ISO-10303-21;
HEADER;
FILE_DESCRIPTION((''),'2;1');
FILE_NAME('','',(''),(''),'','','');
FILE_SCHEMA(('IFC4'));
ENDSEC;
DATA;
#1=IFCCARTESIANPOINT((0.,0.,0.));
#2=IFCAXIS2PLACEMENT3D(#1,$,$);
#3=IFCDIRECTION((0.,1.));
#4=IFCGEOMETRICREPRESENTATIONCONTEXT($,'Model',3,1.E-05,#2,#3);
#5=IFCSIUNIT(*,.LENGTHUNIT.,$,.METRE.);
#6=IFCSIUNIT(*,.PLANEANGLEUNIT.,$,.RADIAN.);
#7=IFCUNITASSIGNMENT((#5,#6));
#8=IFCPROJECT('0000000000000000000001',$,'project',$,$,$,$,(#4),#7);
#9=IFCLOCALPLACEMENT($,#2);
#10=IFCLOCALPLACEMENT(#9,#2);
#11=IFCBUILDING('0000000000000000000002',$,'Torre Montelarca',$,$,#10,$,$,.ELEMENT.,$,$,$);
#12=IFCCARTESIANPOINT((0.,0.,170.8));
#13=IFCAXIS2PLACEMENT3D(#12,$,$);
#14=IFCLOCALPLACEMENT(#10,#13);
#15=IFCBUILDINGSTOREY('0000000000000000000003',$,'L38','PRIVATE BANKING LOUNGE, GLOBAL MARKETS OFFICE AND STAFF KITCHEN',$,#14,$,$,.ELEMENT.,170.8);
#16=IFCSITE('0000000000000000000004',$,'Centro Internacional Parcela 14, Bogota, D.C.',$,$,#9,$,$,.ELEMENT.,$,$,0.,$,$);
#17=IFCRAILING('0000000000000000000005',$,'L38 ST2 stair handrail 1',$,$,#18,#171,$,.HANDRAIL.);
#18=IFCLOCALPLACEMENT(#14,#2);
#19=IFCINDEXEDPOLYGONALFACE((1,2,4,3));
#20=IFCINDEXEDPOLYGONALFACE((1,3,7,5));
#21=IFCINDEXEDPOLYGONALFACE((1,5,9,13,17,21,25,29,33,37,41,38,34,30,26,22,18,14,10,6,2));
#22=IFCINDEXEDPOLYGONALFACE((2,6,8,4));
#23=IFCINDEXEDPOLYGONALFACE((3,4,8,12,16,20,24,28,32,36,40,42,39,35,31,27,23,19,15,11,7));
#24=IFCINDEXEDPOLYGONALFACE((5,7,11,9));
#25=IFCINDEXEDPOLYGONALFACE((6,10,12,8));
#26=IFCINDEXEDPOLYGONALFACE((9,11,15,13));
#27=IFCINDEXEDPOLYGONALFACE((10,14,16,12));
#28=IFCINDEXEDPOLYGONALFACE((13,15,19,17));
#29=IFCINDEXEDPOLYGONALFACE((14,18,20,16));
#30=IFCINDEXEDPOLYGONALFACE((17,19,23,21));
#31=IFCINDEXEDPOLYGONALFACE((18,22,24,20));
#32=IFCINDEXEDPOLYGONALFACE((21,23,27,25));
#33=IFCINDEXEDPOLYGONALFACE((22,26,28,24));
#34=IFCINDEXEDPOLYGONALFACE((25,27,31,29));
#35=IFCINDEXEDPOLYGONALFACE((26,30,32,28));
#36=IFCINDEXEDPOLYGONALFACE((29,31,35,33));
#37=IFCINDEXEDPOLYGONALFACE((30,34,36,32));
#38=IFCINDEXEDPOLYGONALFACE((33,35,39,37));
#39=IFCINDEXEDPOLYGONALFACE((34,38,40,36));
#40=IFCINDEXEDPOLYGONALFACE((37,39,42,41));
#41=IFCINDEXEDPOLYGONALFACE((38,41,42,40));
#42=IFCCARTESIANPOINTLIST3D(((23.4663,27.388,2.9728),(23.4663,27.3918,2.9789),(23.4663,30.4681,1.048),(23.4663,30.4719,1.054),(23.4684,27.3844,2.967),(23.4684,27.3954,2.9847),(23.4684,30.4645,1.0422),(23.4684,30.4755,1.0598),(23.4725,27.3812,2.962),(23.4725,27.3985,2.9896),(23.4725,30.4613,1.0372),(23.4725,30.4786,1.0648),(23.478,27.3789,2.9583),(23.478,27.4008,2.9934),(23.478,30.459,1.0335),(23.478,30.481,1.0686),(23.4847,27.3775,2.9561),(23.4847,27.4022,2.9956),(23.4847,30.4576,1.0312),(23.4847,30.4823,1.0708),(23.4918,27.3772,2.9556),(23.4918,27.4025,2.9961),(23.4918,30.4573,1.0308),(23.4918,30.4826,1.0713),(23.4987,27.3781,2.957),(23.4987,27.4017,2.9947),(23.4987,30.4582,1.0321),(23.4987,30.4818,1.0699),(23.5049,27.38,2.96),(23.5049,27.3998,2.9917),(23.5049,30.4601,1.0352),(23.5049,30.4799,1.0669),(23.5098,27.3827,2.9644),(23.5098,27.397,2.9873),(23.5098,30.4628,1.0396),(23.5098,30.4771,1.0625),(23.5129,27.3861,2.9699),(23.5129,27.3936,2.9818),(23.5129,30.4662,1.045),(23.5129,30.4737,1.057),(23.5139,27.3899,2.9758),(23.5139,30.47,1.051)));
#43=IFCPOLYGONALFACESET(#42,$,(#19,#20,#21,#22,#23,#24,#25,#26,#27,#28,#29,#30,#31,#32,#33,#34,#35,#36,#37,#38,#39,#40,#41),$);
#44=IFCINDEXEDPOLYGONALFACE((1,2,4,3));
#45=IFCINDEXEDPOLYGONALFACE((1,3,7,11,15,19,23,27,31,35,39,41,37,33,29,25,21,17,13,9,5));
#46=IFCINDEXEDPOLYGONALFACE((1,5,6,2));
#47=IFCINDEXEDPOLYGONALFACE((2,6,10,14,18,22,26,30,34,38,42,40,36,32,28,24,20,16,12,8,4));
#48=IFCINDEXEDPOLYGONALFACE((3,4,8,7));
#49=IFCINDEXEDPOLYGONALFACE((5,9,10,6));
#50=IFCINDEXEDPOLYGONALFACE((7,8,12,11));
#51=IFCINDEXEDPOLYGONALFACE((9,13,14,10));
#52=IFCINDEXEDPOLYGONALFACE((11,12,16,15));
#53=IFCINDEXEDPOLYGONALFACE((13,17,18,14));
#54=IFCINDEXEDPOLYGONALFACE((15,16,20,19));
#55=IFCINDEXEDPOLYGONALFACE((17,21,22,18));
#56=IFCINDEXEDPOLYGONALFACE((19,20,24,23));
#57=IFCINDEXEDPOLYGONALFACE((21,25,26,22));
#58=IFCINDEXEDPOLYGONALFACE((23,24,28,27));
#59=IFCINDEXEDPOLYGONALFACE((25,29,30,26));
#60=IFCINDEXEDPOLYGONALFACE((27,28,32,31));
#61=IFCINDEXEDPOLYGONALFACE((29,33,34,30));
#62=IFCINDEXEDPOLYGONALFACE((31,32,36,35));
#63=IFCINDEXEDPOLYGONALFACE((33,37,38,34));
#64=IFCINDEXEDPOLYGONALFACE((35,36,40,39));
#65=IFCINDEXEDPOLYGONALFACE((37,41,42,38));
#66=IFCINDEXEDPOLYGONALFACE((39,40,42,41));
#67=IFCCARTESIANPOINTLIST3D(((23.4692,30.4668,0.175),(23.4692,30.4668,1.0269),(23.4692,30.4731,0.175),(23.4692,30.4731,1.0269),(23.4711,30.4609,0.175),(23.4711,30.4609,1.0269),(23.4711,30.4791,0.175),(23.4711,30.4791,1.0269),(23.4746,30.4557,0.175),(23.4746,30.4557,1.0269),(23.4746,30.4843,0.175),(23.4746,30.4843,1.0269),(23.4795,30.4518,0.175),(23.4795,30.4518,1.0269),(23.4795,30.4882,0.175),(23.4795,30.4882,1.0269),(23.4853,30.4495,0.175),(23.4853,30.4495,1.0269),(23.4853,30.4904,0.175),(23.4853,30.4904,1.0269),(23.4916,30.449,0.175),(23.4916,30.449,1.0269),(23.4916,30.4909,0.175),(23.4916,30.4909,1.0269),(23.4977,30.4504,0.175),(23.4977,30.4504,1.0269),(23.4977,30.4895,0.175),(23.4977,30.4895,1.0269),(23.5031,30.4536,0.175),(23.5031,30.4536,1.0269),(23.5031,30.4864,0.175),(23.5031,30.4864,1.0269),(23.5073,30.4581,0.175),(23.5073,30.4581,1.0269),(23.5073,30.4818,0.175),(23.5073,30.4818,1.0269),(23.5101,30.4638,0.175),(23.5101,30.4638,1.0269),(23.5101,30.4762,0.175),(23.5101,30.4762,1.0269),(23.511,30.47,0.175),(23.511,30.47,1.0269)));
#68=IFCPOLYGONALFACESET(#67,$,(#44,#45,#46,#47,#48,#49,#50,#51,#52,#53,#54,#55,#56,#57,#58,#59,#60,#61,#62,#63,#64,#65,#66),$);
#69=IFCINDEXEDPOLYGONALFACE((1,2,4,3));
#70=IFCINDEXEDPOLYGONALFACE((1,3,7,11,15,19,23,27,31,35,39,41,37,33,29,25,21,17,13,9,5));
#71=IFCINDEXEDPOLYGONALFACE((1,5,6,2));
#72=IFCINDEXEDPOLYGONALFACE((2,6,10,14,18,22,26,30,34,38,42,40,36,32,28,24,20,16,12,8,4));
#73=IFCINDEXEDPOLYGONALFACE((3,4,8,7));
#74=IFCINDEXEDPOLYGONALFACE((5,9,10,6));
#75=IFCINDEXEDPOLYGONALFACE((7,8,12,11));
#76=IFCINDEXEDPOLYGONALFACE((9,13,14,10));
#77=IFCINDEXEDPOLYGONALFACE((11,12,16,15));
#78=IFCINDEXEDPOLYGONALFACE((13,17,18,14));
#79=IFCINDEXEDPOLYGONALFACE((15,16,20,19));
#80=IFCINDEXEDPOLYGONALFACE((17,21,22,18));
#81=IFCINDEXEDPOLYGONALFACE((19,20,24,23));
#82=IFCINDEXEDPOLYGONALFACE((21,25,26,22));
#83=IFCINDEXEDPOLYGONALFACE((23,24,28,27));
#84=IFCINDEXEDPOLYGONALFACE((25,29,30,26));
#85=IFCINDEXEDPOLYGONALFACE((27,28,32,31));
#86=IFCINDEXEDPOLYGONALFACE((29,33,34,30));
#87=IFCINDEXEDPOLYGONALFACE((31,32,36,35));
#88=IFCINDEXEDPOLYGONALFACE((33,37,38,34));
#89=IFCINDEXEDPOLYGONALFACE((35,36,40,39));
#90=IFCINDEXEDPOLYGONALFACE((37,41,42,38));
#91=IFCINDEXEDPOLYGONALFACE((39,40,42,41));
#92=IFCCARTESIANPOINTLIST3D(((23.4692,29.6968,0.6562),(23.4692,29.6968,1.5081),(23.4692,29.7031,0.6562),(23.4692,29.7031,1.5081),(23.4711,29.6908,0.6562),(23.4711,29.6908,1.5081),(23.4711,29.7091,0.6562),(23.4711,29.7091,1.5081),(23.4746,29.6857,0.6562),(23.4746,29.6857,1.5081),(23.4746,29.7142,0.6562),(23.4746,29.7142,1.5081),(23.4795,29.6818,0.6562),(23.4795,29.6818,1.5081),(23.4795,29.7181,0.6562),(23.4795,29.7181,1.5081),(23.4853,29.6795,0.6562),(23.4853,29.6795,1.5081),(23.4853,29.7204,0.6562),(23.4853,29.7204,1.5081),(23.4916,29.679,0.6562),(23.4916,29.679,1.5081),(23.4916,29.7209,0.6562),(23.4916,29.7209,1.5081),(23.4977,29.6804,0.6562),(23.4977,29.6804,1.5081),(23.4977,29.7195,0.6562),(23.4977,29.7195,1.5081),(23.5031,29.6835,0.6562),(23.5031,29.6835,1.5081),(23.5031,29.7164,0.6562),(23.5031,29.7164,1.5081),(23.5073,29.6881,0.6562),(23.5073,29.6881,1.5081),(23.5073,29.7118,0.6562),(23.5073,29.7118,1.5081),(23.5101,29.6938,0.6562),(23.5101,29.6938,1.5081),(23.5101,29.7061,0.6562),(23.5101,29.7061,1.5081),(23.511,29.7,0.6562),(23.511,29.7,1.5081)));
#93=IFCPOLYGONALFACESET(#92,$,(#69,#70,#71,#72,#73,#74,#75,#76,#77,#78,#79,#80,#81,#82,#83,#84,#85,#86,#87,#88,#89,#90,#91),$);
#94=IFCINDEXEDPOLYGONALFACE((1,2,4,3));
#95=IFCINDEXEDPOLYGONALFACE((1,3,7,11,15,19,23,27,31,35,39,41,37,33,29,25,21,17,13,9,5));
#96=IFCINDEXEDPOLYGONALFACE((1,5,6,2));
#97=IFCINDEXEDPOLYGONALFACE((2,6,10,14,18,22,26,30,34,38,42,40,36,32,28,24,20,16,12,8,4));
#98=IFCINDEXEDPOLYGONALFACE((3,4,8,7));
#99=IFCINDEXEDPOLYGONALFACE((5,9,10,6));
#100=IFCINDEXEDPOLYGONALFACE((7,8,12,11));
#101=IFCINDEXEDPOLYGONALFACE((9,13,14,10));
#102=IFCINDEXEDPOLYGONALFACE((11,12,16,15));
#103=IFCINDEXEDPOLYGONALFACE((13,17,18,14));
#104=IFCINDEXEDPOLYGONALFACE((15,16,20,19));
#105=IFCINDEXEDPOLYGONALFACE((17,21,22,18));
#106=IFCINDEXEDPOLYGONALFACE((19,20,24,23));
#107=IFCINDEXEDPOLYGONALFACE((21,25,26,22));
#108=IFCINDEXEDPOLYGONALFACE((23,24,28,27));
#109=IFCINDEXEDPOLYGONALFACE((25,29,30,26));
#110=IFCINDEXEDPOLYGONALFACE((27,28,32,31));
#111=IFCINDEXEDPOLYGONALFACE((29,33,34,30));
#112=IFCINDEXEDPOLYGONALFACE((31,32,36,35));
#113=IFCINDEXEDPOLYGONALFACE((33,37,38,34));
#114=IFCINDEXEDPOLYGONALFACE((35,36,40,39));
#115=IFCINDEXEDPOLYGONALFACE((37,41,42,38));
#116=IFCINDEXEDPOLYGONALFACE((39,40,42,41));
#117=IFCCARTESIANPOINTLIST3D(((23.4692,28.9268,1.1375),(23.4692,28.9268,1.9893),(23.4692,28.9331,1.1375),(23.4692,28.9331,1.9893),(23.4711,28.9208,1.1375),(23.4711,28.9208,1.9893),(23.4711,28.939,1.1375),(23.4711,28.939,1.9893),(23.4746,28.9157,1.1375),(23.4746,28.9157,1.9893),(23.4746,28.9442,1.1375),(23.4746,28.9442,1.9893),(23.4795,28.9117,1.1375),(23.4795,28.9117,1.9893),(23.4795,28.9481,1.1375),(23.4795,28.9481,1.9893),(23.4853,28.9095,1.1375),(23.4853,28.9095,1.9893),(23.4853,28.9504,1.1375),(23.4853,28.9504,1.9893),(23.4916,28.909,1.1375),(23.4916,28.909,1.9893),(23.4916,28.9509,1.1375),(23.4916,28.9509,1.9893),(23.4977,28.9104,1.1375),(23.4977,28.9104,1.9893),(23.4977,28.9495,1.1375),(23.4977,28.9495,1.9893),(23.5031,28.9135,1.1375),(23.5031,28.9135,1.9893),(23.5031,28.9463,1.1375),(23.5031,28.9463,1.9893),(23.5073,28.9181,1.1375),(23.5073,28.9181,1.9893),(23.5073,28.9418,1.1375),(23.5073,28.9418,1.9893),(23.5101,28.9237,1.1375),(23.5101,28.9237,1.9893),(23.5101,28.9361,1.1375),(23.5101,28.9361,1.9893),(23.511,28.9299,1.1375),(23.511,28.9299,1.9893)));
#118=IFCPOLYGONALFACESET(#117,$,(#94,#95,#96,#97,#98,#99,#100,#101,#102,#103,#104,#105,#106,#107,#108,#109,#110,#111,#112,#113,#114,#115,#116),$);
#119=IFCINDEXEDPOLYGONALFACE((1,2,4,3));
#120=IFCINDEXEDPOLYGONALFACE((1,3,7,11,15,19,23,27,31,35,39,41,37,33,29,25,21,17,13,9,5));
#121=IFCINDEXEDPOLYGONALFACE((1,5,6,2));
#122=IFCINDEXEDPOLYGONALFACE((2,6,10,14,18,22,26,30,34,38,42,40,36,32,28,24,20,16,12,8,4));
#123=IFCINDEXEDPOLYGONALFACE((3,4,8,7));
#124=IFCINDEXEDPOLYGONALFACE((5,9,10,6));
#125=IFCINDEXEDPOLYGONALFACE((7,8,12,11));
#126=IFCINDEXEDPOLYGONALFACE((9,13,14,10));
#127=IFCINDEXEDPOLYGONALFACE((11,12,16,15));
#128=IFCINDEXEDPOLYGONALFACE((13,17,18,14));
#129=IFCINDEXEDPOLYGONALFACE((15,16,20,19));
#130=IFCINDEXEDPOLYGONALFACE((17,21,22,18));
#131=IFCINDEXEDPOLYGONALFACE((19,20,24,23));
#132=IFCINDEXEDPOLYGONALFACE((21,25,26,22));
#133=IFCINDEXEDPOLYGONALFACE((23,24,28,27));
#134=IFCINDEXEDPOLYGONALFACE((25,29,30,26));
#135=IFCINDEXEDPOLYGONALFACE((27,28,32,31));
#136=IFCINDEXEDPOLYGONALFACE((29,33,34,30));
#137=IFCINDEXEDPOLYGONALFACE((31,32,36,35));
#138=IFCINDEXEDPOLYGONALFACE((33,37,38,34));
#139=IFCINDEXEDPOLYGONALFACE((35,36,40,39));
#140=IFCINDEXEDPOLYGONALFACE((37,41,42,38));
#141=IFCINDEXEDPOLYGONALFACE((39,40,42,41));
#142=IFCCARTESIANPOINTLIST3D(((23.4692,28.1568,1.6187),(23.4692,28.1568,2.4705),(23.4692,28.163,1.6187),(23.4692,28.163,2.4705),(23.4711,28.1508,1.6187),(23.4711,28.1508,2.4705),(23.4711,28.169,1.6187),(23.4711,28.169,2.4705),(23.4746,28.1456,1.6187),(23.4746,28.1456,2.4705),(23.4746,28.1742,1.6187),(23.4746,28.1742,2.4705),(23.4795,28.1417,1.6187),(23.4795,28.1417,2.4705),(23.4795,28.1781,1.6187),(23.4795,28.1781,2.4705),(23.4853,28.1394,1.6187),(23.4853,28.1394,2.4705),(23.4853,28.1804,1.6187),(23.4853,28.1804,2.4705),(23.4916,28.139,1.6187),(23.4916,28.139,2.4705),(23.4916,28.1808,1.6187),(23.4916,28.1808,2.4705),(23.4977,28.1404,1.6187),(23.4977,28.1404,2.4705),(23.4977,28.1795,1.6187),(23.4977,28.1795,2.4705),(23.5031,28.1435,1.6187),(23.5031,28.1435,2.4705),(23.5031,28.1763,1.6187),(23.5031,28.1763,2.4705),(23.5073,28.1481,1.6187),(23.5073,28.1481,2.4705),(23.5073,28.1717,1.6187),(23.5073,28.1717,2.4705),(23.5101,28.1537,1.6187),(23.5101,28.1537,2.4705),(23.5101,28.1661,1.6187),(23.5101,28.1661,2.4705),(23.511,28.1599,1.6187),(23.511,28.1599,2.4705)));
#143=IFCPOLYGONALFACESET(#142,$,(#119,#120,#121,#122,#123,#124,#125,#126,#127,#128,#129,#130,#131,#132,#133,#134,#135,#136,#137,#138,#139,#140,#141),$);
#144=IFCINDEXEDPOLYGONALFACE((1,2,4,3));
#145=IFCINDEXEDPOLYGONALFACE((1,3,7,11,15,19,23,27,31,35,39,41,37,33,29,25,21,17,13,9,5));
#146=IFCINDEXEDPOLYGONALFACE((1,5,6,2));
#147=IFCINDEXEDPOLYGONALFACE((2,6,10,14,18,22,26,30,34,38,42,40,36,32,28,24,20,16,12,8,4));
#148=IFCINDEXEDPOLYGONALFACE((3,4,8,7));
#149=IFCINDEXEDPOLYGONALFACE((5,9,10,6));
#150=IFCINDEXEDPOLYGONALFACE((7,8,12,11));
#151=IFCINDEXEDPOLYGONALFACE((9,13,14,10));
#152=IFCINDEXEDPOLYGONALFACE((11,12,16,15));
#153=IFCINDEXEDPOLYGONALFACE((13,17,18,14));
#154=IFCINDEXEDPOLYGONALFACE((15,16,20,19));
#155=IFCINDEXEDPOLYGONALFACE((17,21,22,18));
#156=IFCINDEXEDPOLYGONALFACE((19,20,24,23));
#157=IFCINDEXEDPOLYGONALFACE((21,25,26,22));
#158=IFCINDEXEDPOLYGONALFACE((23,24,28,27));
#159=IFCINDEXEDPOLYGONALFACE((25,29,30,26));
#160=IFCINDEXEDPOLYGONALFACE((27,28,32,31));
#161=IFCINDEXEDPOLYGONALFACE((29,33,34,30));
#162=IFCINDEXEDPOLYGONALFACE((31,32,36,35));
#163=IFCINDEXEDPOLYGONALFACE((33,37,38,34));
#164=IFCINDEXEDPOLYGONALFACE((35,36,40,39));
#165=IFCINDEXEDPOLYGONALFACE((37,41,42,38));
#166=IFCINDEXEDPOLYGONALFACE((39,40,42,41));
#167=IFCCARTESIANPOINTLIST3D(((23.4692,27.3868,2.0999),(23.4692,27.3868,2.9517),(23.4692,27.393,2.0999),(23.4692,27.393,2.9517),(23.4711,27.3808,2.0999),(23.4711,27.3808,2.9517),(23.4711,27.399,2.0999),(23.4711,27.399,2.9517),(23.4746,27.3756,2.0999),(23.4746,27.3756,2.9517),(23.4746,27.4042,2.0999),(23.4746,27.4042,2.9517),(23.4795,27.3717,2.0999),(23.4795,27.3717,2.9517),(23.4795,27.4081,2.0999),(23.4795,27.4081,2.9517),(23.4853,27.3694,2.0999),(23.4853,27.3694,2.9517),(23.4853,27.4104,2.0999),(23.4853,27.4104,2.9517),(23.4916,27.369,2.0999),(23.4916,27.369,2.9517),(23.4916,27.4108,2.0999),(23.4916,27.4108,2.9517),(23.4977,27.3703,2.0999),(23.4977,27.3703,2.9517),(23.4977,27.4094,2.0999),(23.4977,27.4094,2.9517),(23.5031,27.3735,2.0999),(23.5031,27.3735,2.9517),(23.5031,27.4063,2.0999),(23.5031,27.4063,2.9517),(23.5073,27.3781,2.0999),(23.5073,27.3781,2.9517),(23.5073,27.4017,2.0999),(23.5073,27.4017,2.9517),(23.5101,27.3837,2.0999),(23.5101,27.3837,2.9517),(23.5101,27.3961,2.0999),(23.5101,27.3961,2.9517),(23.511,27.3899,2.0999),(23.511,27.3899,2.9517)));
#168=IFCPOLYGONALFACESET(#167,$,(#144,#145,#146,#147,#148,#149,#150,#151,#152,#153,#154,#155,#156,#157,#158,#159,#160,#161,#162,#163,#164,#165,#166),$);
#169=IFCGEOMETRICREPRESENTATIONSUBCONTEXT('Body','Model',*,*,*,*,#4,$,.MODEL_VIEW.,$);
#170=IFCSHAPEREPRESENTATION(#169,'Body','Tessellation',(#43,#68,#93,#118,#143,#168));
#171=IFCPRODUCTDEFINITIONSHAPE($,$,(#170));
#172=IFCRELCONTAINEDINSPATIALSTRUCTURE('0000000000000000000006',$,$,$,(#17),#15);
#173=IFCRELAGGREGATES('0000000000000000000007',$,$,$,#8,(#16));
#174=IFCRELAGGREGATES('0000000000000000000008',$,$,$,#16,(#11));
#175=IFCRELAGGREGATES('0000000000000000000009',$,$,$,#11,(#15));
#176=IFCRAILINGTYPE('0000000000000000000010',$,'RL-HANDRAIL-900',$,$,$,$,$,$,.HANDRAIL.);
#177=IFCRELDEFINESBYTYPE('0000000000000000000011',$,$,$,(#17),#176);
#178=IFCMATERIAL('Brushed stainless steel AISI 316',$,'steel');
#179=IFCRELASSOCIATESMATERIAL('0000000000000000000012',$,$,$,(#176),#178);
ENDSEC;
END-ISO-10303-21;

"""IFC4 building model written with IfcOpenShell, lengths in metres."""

from ifc_helpers import new_model, si_unit, direction, frame, origin, origin_2d, place, context, subcontext, project, spatial, circle, extrude, material, type_object, element, save


model = new_model("IFC4")

# Units and contexts
model_context = context("Model", 3, precision=1e-05, world=origin(), true_north=direction((0.0, 1.0)))
body_context = subcontext(model_context, "Body", "Model", "MODEL_VIEW")
ifc_project = project(units=[si_unit("LENGTHUNIT", "METRE"), si_unit("PLANEANGLEUNIT", "RADIAN")], contexts=[model_context])

# Site, building, storey
site_placement = place(None, origin())
site = spatial("IfcSite", under=ifc_project, at=site_placement, Name="Centro Internacional Parcela 14, Bogota, D.C.", CompositionType="ELEMENT", RefElevation=0.0)
building_placement = place(site_placement, origin())
building = spatial("IfcBuilding", under=site, at=building_placement, Name="Torre Montelarca", CompositionType="ELEMENT")
storey_placement = place(building_placement, frame((0.0, 0.0, 170.8)))
storey = spatial("IfcBuildingStorey", under=building, at=storey_placement, Name="L38", Description="PRIVATE BANKING LOUNGE, GLOBAL MARKETS OFFICE AND STAFF KITCHEN", CompositionType="ELEMENT", Elevation=170.8)

# Railing
ifc_material_1 = material(Name="Brushed stainless steel AISI 316", Category="steel")
railing_type_1 = type_object("IfcRailingType", Name="RL-HANDRAIL-900", PredefinedType="HANDRAIL", material=ifc_material_1)
railing_1_placement = place(storey_placement, frame((23.49, 30.47, 0.175)))
element("IfcRailing", 1, at=railing_1_placement, inside=storey, type_object=railing_type_1, Name="L38 ST2 stair handrail 1", PredefinedType="HANDRAIL", context=body_context, shape_type="SweptSolid", body=[
    extrude(circle(Radius=0.0239, at=origin_2d()), frame((0.0, 0.0, 0.876), z_axis=(0.0, -0.848029, 0.529951), x_axis=(1.0, 0.0, 0.0)), (0.0, 0.0, 1.0), 3.6321),
    extrude(circle(Radius=0.021, at=origin_2d()), origin(), (0.0, 0.0, 1.0), 0.8518),
    extrude(circle(Radius=0.021, at=origin_2d()), frame((0.0, -0.77, 0.4812)), (0.0, 0.0, 1.0), 0.8518),
    extrude(circle(Radius=0.021, at=origin_2d()), frame((0.0, -1.54, 0.9624)), (0.0, 0.0, 1.0), 0.8518),
    extrude(circle(Radius=0.021, at=origin_2d()), frame((0.0, -2.3101, 1.4436)), (0.0, 0.0, 1.0), 0.8518),
    extrude(circle(Radius=0.021, at=origin_2d()), frame((0.0, -3.0801, 1.9248)), (0.0, 0.0, 1.0), 0.8518),
])

save(model, "model.ifc")
